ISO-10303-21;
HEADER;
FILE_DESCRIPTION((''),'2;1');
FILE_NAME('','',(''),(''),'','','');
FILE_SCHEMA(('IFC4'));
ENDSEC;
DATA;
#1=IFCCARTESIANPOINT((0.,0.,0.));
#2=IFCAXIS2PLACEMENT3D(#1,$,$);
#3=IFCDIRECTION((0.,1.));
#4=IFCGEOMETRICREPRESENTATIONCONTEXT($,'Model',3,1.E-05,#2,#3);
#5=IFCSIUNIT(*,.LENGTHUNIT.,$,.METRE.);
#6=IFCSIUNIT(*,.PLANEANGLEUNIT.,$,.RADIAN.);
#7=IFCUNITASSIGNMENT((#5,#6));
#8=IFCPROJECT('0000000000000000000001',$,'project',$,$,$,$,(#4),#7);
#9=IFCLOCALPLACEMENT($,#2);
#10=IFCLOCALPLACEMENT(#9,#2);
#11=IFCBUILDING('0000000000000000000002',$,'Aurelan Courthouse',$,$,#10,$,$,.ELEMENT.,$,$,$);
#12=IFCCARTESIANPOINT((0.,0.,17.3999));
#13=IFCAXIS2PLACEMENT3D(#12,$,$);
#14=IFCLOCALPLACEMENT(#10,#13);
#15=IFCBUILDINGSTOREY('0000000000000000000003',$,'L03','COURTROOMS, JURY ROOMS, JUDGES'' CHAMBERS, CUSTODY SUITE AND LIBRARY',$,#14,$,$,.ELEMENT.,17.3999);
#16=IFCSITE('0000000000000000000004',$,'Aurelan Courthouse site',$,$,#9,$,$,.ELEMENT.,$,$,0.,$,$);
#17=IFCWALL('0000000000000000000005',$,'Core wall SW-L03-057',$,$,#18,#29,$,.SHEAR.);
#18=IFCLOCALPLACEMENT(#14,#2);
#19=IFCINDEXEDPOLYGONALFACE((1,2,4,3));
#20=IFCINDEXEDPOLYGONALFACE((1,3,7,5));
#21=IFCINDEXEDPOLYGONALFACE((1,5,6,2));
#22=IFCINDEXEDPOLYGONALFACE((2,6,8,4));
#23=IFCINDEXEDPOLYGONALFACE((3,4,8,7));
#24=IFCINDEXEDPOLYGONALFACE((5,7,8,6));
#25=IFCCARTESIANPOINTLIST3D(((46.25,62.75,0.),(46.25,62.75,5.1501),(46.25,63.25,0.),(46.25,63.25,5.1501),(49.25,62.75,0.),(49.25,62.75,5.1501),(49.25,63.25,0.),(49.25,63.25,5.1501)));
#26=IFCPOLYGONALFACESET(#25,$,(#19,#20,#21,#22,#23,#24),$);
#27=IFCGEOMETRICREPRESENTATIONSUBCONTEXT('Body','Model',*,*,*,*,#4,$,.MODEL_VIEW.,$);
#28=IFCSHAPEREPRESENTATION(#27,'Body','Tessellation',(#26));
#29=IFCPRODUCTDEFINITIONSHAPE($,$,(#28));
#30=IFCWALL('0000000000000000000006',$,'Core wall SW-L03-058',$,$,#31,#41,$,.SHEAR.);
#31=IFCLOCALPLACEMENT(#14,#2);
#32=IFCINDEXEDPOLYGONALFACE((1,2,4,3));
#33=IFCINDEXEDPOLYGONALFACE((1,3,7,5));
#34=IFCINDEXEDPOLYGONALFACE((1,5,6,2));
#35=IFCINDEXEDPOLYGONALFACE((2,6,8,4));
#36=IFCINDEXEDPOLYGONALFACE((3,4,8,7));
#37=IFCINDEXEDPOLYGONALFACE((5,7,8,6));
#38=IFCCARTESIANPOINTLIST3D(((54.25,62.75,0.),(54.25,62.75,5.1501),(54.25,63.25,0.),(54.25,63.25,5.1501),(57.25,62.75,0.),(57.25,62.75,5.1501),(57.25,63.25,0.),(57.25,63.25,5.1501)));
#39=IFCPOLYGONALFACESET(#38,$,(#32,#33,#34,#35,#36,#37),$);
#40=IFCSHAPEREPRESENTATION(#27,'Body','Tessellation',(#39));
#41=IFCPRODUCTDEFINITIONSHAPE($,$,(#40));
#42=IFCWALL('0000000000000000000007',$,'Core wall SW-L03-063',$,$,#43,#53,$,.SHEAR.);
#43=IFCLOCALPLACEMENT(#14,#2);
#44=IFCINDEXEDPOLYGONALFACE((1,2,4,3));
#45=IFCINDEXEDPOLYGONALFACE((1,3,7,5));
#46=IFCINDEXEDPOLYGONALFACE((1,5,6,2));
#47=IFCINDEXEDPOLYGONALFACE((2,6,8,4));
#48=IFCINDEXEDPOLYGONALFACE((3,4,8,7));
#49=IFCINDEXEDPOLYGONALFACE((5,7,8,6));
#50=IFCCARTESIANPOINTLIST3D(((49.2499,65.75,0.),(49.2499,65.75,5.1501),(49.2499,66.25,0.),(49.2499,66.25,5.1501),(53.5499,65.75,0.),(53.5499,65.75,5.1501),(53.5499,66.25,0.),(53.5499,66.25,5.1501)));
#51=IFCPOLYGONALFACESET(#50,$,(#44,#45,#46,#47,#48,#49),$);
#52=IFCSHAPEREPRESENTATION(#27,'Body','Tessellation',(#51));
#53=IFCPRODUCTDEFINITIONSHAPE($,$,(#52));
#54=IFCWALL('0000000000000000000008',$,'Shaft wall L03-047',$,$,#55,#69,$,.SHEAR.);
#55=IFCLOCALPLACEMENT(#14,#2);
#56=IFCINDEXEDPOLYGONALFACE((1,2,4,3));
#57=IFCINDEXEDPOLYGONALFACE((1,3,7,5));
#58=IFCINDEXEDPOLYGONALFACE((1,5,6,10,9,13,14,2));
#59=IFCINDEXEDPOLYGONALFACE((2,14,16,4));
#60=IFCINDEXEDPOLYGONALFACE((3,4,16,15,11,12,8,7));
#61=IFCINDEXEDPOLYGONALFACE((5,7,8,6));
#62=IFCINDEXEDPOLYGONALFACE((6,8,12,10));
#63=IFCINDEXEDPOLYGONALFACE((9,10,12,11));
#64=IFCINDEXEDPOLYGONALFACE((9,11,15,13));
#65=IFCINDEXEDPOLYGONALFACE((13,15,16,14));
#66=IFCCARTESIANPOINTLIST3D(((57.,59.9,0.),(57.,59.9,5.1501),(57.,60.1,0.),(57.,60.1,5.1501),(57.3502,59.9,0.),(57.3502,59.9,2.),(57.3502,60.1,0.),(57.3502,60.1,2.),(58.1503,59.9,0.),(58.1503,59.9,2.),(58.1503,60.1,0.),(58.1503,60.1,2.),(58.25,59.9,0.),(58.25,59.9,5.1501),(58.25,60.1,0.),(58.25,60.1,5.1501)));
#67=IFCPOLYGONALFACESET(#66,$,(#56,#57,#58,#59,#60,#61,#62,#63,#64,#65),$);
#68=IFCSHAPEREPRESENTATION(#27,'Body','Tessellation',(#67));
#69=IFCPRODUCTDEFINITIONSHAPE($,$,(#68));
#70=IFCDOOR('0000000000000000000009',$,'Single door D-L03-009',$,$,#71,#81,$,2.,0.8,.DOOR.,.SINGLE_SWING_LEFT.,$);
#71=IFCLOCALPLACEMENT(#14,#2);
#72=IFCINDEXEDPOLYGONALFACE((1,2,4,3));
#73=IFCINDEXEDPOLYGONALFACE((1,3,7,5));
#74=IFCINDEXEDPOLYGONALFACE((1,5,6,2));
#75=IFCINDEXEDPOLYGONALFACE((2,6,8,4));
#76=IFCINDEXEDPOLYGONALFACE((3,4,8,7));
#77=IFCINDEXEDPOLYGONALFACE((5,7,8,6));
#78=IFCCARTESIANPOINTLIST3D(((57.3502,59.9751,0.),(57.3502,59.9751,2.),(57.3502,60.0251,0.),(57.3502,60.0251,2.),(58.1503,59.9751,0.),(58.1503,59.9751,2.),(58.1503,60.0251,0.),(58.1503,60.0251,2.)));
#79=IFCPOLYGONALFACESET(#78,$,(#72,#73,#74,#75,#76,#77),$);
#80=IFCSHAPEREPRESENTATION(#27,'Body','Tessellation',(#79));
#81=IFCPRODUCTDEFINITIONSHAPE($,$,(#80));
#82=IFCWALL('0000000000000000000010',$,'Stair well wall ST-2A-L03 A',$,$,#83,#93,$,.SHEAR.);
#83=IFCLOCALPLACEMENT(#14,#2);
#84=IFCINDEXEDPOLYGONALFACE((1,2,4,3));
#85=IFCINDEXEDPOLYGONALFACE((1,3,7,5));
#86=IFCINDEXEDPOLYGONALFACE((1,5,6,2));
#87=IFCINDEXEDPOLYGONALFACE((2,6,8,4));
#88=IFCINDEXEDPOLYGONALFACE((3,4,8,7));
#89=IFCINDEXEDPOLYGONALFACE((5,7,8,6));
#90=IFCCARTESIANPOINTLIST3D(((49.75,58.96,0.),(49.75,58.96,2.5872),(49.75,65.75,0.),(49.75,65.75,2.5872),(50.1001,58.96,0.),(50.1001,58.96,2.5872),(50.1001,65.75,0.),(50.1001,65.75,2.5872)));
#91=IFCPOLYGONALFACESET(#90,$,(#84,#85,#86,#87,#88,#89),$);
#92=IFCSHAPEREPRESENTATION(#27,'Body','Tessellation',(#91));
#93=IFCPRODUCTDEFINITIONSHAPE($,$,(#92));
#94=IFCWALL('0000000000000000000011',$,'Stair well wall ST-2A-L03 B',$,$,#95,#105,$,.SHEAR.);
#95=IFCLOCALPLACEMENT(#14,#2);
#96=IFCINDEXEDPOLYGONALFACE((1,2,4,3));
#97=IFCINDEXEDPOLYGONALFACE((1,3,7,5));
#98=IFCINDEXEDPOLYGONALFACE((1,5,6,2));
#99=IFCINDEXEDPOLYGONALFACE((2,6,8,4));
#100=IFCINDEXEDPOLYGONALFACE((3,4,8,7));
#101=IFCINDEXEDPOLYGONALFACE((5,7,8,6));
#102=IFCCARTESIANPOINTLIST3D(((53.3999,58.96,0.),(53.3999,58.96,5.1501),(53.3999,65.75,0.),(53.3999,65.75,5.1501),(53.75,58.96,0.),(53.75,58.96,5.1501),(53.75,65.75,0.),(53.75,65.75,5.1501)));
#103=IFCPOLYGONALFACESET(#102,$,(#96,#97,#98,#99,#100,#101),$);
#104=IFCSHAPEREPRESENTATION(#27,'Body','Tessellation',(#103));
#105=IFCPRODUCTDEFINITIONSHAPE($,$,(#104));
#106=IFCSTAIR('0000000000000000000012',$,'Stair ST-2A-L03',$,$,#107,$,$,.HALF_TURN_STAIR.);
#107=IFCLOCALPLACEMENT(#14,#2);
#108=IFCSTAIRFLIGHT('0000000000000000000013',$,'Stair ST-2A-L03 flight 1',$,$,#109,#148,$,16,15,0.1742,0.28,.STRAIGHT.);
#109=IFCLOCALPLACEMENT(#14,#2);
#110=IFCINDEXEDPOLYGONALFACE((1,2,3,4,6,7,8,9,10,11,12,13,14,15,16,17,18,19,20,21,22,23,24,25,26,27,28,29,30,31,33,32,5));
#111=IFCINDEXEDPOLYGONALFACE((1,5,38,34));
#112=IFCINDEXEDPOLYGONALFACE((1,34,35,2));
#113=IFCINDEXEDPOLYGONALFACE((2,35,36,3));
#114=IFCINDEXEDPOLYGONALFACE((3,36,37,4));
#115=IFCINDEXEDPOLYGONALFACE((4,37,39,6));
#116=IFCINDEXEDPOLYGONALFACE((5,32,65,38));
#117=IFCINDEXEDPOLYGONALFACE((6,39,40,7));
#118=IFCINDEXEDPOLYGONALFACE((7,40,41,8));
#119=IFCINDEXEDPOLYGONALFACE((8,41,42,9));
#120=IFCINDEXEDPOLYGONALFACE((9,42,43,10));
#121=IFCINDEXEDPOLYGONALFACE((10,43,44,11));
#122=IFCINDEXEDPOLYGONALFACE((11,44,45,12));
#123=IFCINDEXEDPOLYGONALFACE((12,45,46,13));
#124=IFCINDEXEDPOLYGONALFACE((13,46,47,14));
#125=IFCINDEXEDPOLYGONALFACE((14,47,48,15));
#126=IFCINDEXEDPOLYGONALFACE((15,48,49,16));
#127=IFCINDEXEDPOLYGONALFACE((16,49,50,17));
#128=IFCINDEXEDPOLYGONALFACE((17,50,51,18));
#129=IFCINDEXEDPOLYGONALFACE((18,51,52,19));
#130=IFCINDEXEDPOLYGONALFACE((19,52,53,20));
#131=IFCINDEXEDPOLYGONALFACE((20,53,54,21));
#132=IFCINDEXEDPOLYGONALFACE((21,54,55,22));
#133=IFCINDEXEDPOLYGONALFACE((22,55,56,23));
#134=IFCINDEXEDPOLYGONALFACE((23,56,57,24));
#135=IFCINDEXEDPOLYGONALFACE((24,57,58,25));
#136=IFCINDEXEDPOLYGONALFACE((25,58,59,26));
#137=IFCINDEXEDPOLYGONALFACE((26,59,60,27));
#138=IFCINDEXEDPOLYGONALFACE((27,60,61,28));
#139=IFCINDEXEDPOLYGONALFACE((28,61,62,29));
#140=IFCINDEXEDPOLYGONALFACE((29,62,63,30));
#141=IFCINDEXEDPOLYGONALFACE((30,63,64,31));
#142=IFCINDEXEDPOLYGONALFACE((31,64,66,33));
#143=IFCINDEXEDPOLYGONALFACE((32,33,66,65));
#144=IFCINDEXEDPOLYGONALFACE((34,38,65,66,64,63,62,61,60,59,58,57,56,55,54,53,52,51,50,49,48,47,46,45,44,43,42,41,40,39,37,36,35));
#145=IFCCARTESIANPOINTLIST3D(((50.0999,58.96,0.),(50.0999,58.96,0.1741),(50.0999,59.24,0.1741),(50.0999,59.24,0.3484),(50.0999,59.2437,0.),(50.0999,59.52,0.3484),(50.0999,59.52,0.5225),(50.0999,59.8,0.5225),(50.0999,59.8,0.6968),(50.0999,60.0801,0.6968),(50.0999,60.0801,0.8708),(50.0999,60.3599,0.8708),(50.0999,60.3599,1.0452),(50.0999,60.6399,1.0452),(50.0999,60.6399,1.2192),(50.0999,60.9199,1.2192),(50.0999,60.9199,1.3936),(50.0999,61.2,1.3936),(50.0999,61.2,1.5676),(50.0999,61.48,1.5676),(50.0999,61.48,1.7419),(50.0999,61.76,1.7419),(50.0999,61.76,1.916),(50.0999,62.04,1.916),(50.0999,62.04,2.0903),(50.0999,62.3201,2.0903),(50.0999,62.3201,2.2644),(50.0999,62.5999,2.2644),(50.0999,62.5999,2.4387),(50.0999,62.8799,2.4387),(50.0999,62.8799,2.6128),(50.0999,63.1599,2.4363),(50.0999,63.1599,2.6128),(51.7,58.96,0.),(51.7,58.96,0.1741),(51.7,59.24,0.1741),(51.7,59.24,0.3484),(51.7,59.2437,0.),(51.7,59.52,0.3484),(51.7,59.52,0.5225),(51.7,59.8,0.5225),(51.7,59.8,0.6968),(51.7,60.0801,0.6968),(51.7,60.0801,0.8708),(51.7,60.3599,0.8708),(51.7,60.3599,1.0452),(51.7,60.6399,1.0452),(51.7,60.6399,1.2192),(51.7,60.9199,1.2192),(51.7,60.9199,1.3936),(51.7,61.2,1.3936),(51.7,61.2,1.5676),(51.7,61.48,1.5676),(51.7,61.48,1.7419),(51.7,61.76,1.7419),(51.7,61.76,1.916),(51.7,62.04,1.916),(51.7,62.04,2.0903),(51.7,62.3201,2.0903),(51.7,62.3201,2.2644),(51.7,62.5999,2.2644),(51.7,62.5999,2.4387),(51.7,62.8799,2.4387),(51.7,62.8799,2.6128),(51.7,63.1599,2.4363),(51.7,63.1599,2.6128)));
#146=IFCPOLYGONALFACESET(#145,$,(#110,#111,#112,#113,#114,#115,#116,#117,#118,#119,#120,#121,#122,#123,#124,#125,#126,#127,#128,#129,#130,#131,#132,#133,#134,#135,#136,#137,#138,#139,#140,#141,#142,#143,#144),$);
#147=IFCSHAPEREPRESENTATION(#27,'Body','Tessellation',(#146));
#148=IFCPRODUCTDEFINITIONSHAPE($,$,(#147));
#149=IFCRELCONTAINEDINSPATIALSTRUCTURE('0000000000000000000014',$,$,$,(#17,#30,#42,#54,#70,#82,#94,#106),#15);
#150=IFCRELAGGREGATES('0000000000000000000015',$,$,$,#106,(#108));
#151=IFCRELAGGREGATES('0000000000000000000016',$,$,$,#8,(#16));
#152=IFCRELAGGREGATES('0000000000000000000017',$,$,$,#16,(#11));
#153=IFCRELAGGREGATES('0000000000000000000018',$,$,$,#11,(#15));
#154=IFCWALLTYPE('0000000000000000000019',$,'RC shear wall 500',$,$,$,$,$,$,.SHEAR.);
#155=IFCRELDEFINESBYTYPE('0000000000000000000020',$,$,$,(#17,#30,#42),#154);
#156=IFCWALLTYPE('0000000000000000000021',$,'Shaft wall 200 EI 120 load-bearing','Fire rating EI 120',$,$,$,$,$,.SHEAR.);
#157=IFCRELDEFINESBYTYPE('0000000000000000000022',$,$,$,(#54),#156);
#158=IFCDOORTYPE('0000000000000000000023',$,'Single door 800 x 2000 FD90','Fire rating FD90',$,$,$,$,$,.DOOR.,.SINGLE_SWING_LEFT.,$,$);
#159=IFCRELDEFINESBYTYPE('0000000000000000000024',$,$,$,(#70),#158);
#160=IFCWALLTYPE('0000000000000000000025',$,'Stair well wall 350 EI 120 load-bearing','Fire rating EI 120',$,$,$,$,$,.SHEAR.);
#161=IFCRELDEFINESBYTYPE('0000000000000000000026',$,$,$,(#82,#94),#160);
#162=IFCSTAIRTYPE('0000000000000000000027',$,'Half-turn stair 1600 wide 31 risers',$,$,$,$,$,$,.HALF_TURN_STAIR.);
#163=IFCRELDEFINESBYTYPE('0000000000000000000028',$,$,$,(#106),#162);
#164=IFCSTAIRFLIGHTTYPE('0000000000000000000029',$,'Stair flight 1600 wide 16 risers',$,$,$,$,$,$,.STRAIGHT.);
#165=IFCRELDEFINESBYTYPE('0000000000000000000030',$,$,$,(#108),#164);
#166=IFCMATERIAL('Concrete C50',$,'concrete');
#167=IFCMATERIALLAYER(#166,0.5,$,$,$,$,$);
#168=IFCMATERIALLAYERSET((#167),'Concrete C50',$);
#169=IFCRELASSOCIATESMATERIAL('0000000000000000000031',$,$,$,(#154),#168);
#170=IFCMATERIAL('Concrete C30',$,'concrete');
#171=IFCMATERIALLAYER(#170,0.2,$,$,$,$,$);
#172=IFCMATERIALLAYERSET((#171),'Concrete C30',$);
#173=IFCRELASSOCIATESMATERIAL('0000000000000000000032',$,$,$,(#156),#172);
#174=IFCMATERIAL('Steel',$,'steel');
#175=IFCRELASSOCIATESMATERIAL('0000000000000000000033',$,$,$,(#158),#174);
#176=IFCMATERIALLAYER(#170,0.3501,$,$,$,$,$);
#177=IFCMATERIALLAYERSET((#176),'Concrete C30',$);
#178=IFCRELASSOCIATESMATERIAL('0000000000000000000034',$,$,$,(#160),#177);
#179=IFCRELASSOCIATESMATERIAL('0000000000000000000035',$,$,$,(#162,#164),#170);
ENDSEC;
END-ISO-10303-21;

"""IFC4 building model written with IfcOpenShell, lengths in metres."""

from ifc_helpers import new_model, si_unit, direction, frame, frame_2d, origin, place, context, subcontext, project, spatial, polyline, rectangle, outline, extrude, material, layer, layer_set, type_object, element, fill, aggregate, save


model = new_model("IFC4")

# Units and contexts
model_context = context("Model", 3, precision=1e-05, world=origin(), true_north=direction((0.0, 1.0)))
body_context = subcontext(model_context, "Body", "Model", "MODEL_VIEW")
ifc_project = project(units=[si_unit("LENGTHUNIT", "METRE"), si_unit("PLANEANGLEUNIT", "RADIAN")], contexts=[model_context])

# Site, building, storey
site_placement = place(None, origin())
site = spatial("IfcSite", under=ifc_project, at=site_placement, Name="Aurelan Courthouse site", CompositionType="ELEMENT", RefElevation=0.0)
building_placement = place(site_placement, origin())
building = spatial("IfcBuilding", under=site, at=building_placement, Name="Aurelan Courthouse", CompositionType="ELEMENT")
storey_placement = place(building_placement, frame((0.0, 0.0, 17.3999)))
storey = spatial("IfcBuildingStorey", under=building, at=storey_placement, Name="L03", Description="COURTROOMS, JURY ROOMS, JUDGES' CHAMBERS, CUSTODY SUITE AND LIBRARY", CompositionType="ELEMENT", Elevation=17.3999)

# Shared definitions
ifc_material_1 = material(Name="Concrete C50", Category="concrete")

# Shared definitions
ifc_material_2 = material(Name="Concrete C30", Category="concrete")

# Shared definitions
ifc_layer_1 = layer(ifc_material_1, 0.5)
ifc_layer_set_1 = layer_set([ifc_layer_1], Name="Concrete C50")
wall_type_1 = type_object("IfcWallType", Name="RC shear wall 500", PredefinedType="SHEAR", material=ifc_layer_set_1)
ifc_material_3 = material(Name="Steel", Category="steel")

# Walls
for number, where, z_axis, x_axis, name in (
    (1, (46.25, 63.0, 0.0), (0.0, 0.0, 1.0), (1.0, 0.0, 0.0), "Core wall SW-L03-057"),
    (2, (54.25, 63.0, 0.0), (0.0, 0.0, 1.0), (1.0, 0.0, 0.0), "Core wall SW-L03-058"),
):
    element("IfcWall", number, at=place(storey_placement, frame(where, z_axis=z_axis, x_axis=x_axis)), inside=storey, type_object=wall_type_1, Name=name, PredefinedType="SHEAR", context=body_context, shape_type="SweptSolid", body=[
        extrude(rectangle(XDim=3.0, YDim=0.5, at=frame_2d((1.5, 0.0))), origin(), (0.0, 0.0, 1.0), 5.1501),
    ])
wall_1_placement = place(storey_placement, frame((49.25, 66.0, 0.0), z_axis=(0.0, 0.0, 1.0), x_axis=(1.0, 0.0, 0.0)))
element("IfcWall", 3, at=wall_1_placement, inside=storey, type_object=wall_type_1, Name="Core wall SW-L03-063", PredefinedType="SHEAR", context=body_context, shape_type="SweptSolid", body=[
    extrude(rectangle(XDim=4.3, YDim=0.5, at=frame_2d((2.1499, 0.0))), origin(), (0.0, 0.0, 1.0), 5.1501),
])

# Wall, opening, door
ifc_layer_2 = layer(ifc_material_2, 0.2)
ifc_layer_set_2 = layer_set([ifc_layer_2], Name="Concrete C30")
wall_type_2 = type_object("IfcWallType", Name="Shaft wall 200 EI 120 load-bearing", Description="Fire rating EI 120", PredefinedType="SHEAR", material=ifc_layer_set_2)
wall_2_placement = place(storey_placement, frame((57.0, 60.0, 0.0), z_axis=(0.0, 0.0, 1.0), x_axis=(1.0, 0.0, 0.0)))
wall_2 = element("IfcWall", 4, at=wall_2_placement, inside=storey, type_object=wall_type_2, Name="Shaft wall L03-047", PredefinedType="SHEAR", context=body_context, shape_type="SweptSolid", body=[
    extrude(rectangle(XDim=1.25, YDim=0.2, at=frame_2d((0.625, 0.0))), origin(), (0.0, 0.0, 1.0), 5.1501),
])
opening_1_placement = place(wall_2_placement, frame((1.1501, 0.0, 0.0), z_axis=(0.0, 0.0, 1.0), x_axis=(-1.0, 0.0, 0.0)))
opening_1 = element("IfcOpeningElement", 5, at=opening_1_placement, cuts=wall_2, PredefinedType="OPENING", context=body_context, shape_type="SweptSolid", body=[
    extrude(rectangle(XDim=0.8, YDim=2.0, at=frame_2d((0.3999, 1.0))), frame((0.0, 0.1099, 0.0), z_axis=(0.0, -1.0, 0.0), x_axis=(1.0, 0.0, 0.0)), (0.0, 0.0, 1.0), 0.22),
])
door_type_1 = type_object("IfcDoorType", Name="Single door 800 x 2000 FD90", Description="Fire rating FD90", OperationType="SINGLE_SWING_LEFT", PredefinedType="DOOR", material=ifc_material_3)
door_1_placement = place(opening_1_placement, origin())
door_1 = element("IfcDoor", 6, at=door_1_placement, inside=storey, type_object=door_type_1, Name="Single door D-L03-009", OperationType="SINGLE_SWING_LEFT", OverallHeight=2.0, OverallWidth=0.8, PredefinedType="DOOR", context=body_context, shape_type="SweptSolid", body=[
    extrude(rectangle(XDim=0.8, YDim=2.0, at=frame_2d((0.3999, 1.0))), frame((0.0, 0.0249, 0.0), z_axis=(0.0, -1.0, 0.0), x_axis=(1.0, 0.0, 0.0)), (0.0, 0.0, 1.0), 0.05),
])
fill(opening_1, door_1)

# Walls
ifc_layer_3 = layer(ifc_material_2, 0.3501)
ifc_layer_set_3 = layer_set([ifc_layer_3], Name="Concrete C30")
wall_type_3 = type_object("IfcWallType", Name="Stair well wall 350 EI 120 load-bearing", Description="Fire rating EI 120", PredefinedType="SHEAR", material=ifc_layer_set_3)
wall_3_placement = place(storey_placement, frame((49.925, 58.96, 0.0), z_axis=(0.0, 0.0, 1.0), x_axis=(0.0, 1.0, 0.0)))
element("IfcWall", 7, at=wall_3_placement, inside=storey, type_object=wall_type_3, Name="Stair well wall ST-2A-L03 A", PredefinedType="SHEAR", context=body_context, shape_type="SweptSolid", body=[
    extrude(rectangle(XDim=6.79, YDim=0.3501, at=frame_2d((3.395, 0.0))), origin(), (0.0, 0.0, 1.0), 2.5872),
])
wall_4_placement = place(storey_placement, frame((53.575, 58.96, 0.0), z_axis=(0.0, 0.0, 1.0), x_axis=(0.0, 1.0, 0.0)))
element("IfcWall", 8, at=wall_4_placement, inside=storey, type_object=wall_type_3, Name="Stair well wall ST-2A-L03 B", PredefinedType="SHEAR", context=body_context, shape_type="SweptSolid", body=[
    extrude(rectangle(XDim=6.79, YDim=0.3501, at=frame_2d((3.395, 0.0))), origin(), (0.0, 0.0, 1.0), 5.1501),
])

# Stair, stair flight
stair_type = type_object("IfcStairType", Name="Half-turn stair 1600 wide 31 risers", PredefinedType="HALF_TURN_STAIR", material=ifc_material_2)
stair_placement = place(storey_placement, origin())
stair = element("IfcStair", 9, at=stair_placement, inside=storey, type_object=stair_type, Name="Stair ST-2A-L03", PredefinedType="HALF_TURN_STAIR")
stair_flight_type = type_object("IfcStairFlightType", Name="Stair flight 1600 wide 16 risers", PredefinedType="STRAIGHT", material=ifc_material_2)
stair_flight_placement = place(storey_placement, frame((50.8999, 58.96, 0.0), z_axis=(0.0, 0.0, 1.0), x_axis=(0.0, 1.0, 0.0)))
stair_flight = element("IfcStairFlight", 10, at=stair_flight_placement, type_object=stair_flight_type, Name="Stair ST-2A-L03 flight 1", NumberOfRisers=16, NumberOfTreads=15, PredefinedType="STRAIGHT", RiserHeight=0.1742, TreadLength=0.28, context=body_context, shape_type="SweptSolid", body=[
    extrude(outline(polyline([(0.0, 0.0), (0.0, 0.1741), (0.28, 0.1741), (0.28, 0.3484), (0.5601, 0.3484), (0.5601, 0.5225), (0.8401, 0.5225), (0.8401, 0.6968), (1.1201, 0.6968), (1.1201, 0.8708), (1.3999, 0.8708), (1.3999, 1.0452), (1.6799, 1.0452), (1.6799, 1.2192), (1.96, 1.2192), (1.96, 1.3936), (2.24, 1.3936), (2.24, 1.5676), (2.52, 1.5676), (2.52, 1.7419), (2.8, 1.7419), (2.8, 1.916), (3.0801, 1.916), (3.0801, 2.0903), (3.3601, 2.0903), (3.3601, 2.2644), (3.6399, 2.2644), (3.6399, 2.4387), (3.9199, 2.4387), (3.9199, 2.6128), (4.2, 2.6128), (4.2, 2.7871), (4.2, 2.4363), (0.2837, 0.0), (0.0, 0.0)])), frame((0.0, 0.8, 0.0), z_axis=(0.0, -1.0, 0.0), x_axis=(1.0, 0.0, 0.0)), (0.0, 0.0, 1.0), 1.6001),
])
aggregate(stair, [stair_flight])

save(model, "model.ifc")
